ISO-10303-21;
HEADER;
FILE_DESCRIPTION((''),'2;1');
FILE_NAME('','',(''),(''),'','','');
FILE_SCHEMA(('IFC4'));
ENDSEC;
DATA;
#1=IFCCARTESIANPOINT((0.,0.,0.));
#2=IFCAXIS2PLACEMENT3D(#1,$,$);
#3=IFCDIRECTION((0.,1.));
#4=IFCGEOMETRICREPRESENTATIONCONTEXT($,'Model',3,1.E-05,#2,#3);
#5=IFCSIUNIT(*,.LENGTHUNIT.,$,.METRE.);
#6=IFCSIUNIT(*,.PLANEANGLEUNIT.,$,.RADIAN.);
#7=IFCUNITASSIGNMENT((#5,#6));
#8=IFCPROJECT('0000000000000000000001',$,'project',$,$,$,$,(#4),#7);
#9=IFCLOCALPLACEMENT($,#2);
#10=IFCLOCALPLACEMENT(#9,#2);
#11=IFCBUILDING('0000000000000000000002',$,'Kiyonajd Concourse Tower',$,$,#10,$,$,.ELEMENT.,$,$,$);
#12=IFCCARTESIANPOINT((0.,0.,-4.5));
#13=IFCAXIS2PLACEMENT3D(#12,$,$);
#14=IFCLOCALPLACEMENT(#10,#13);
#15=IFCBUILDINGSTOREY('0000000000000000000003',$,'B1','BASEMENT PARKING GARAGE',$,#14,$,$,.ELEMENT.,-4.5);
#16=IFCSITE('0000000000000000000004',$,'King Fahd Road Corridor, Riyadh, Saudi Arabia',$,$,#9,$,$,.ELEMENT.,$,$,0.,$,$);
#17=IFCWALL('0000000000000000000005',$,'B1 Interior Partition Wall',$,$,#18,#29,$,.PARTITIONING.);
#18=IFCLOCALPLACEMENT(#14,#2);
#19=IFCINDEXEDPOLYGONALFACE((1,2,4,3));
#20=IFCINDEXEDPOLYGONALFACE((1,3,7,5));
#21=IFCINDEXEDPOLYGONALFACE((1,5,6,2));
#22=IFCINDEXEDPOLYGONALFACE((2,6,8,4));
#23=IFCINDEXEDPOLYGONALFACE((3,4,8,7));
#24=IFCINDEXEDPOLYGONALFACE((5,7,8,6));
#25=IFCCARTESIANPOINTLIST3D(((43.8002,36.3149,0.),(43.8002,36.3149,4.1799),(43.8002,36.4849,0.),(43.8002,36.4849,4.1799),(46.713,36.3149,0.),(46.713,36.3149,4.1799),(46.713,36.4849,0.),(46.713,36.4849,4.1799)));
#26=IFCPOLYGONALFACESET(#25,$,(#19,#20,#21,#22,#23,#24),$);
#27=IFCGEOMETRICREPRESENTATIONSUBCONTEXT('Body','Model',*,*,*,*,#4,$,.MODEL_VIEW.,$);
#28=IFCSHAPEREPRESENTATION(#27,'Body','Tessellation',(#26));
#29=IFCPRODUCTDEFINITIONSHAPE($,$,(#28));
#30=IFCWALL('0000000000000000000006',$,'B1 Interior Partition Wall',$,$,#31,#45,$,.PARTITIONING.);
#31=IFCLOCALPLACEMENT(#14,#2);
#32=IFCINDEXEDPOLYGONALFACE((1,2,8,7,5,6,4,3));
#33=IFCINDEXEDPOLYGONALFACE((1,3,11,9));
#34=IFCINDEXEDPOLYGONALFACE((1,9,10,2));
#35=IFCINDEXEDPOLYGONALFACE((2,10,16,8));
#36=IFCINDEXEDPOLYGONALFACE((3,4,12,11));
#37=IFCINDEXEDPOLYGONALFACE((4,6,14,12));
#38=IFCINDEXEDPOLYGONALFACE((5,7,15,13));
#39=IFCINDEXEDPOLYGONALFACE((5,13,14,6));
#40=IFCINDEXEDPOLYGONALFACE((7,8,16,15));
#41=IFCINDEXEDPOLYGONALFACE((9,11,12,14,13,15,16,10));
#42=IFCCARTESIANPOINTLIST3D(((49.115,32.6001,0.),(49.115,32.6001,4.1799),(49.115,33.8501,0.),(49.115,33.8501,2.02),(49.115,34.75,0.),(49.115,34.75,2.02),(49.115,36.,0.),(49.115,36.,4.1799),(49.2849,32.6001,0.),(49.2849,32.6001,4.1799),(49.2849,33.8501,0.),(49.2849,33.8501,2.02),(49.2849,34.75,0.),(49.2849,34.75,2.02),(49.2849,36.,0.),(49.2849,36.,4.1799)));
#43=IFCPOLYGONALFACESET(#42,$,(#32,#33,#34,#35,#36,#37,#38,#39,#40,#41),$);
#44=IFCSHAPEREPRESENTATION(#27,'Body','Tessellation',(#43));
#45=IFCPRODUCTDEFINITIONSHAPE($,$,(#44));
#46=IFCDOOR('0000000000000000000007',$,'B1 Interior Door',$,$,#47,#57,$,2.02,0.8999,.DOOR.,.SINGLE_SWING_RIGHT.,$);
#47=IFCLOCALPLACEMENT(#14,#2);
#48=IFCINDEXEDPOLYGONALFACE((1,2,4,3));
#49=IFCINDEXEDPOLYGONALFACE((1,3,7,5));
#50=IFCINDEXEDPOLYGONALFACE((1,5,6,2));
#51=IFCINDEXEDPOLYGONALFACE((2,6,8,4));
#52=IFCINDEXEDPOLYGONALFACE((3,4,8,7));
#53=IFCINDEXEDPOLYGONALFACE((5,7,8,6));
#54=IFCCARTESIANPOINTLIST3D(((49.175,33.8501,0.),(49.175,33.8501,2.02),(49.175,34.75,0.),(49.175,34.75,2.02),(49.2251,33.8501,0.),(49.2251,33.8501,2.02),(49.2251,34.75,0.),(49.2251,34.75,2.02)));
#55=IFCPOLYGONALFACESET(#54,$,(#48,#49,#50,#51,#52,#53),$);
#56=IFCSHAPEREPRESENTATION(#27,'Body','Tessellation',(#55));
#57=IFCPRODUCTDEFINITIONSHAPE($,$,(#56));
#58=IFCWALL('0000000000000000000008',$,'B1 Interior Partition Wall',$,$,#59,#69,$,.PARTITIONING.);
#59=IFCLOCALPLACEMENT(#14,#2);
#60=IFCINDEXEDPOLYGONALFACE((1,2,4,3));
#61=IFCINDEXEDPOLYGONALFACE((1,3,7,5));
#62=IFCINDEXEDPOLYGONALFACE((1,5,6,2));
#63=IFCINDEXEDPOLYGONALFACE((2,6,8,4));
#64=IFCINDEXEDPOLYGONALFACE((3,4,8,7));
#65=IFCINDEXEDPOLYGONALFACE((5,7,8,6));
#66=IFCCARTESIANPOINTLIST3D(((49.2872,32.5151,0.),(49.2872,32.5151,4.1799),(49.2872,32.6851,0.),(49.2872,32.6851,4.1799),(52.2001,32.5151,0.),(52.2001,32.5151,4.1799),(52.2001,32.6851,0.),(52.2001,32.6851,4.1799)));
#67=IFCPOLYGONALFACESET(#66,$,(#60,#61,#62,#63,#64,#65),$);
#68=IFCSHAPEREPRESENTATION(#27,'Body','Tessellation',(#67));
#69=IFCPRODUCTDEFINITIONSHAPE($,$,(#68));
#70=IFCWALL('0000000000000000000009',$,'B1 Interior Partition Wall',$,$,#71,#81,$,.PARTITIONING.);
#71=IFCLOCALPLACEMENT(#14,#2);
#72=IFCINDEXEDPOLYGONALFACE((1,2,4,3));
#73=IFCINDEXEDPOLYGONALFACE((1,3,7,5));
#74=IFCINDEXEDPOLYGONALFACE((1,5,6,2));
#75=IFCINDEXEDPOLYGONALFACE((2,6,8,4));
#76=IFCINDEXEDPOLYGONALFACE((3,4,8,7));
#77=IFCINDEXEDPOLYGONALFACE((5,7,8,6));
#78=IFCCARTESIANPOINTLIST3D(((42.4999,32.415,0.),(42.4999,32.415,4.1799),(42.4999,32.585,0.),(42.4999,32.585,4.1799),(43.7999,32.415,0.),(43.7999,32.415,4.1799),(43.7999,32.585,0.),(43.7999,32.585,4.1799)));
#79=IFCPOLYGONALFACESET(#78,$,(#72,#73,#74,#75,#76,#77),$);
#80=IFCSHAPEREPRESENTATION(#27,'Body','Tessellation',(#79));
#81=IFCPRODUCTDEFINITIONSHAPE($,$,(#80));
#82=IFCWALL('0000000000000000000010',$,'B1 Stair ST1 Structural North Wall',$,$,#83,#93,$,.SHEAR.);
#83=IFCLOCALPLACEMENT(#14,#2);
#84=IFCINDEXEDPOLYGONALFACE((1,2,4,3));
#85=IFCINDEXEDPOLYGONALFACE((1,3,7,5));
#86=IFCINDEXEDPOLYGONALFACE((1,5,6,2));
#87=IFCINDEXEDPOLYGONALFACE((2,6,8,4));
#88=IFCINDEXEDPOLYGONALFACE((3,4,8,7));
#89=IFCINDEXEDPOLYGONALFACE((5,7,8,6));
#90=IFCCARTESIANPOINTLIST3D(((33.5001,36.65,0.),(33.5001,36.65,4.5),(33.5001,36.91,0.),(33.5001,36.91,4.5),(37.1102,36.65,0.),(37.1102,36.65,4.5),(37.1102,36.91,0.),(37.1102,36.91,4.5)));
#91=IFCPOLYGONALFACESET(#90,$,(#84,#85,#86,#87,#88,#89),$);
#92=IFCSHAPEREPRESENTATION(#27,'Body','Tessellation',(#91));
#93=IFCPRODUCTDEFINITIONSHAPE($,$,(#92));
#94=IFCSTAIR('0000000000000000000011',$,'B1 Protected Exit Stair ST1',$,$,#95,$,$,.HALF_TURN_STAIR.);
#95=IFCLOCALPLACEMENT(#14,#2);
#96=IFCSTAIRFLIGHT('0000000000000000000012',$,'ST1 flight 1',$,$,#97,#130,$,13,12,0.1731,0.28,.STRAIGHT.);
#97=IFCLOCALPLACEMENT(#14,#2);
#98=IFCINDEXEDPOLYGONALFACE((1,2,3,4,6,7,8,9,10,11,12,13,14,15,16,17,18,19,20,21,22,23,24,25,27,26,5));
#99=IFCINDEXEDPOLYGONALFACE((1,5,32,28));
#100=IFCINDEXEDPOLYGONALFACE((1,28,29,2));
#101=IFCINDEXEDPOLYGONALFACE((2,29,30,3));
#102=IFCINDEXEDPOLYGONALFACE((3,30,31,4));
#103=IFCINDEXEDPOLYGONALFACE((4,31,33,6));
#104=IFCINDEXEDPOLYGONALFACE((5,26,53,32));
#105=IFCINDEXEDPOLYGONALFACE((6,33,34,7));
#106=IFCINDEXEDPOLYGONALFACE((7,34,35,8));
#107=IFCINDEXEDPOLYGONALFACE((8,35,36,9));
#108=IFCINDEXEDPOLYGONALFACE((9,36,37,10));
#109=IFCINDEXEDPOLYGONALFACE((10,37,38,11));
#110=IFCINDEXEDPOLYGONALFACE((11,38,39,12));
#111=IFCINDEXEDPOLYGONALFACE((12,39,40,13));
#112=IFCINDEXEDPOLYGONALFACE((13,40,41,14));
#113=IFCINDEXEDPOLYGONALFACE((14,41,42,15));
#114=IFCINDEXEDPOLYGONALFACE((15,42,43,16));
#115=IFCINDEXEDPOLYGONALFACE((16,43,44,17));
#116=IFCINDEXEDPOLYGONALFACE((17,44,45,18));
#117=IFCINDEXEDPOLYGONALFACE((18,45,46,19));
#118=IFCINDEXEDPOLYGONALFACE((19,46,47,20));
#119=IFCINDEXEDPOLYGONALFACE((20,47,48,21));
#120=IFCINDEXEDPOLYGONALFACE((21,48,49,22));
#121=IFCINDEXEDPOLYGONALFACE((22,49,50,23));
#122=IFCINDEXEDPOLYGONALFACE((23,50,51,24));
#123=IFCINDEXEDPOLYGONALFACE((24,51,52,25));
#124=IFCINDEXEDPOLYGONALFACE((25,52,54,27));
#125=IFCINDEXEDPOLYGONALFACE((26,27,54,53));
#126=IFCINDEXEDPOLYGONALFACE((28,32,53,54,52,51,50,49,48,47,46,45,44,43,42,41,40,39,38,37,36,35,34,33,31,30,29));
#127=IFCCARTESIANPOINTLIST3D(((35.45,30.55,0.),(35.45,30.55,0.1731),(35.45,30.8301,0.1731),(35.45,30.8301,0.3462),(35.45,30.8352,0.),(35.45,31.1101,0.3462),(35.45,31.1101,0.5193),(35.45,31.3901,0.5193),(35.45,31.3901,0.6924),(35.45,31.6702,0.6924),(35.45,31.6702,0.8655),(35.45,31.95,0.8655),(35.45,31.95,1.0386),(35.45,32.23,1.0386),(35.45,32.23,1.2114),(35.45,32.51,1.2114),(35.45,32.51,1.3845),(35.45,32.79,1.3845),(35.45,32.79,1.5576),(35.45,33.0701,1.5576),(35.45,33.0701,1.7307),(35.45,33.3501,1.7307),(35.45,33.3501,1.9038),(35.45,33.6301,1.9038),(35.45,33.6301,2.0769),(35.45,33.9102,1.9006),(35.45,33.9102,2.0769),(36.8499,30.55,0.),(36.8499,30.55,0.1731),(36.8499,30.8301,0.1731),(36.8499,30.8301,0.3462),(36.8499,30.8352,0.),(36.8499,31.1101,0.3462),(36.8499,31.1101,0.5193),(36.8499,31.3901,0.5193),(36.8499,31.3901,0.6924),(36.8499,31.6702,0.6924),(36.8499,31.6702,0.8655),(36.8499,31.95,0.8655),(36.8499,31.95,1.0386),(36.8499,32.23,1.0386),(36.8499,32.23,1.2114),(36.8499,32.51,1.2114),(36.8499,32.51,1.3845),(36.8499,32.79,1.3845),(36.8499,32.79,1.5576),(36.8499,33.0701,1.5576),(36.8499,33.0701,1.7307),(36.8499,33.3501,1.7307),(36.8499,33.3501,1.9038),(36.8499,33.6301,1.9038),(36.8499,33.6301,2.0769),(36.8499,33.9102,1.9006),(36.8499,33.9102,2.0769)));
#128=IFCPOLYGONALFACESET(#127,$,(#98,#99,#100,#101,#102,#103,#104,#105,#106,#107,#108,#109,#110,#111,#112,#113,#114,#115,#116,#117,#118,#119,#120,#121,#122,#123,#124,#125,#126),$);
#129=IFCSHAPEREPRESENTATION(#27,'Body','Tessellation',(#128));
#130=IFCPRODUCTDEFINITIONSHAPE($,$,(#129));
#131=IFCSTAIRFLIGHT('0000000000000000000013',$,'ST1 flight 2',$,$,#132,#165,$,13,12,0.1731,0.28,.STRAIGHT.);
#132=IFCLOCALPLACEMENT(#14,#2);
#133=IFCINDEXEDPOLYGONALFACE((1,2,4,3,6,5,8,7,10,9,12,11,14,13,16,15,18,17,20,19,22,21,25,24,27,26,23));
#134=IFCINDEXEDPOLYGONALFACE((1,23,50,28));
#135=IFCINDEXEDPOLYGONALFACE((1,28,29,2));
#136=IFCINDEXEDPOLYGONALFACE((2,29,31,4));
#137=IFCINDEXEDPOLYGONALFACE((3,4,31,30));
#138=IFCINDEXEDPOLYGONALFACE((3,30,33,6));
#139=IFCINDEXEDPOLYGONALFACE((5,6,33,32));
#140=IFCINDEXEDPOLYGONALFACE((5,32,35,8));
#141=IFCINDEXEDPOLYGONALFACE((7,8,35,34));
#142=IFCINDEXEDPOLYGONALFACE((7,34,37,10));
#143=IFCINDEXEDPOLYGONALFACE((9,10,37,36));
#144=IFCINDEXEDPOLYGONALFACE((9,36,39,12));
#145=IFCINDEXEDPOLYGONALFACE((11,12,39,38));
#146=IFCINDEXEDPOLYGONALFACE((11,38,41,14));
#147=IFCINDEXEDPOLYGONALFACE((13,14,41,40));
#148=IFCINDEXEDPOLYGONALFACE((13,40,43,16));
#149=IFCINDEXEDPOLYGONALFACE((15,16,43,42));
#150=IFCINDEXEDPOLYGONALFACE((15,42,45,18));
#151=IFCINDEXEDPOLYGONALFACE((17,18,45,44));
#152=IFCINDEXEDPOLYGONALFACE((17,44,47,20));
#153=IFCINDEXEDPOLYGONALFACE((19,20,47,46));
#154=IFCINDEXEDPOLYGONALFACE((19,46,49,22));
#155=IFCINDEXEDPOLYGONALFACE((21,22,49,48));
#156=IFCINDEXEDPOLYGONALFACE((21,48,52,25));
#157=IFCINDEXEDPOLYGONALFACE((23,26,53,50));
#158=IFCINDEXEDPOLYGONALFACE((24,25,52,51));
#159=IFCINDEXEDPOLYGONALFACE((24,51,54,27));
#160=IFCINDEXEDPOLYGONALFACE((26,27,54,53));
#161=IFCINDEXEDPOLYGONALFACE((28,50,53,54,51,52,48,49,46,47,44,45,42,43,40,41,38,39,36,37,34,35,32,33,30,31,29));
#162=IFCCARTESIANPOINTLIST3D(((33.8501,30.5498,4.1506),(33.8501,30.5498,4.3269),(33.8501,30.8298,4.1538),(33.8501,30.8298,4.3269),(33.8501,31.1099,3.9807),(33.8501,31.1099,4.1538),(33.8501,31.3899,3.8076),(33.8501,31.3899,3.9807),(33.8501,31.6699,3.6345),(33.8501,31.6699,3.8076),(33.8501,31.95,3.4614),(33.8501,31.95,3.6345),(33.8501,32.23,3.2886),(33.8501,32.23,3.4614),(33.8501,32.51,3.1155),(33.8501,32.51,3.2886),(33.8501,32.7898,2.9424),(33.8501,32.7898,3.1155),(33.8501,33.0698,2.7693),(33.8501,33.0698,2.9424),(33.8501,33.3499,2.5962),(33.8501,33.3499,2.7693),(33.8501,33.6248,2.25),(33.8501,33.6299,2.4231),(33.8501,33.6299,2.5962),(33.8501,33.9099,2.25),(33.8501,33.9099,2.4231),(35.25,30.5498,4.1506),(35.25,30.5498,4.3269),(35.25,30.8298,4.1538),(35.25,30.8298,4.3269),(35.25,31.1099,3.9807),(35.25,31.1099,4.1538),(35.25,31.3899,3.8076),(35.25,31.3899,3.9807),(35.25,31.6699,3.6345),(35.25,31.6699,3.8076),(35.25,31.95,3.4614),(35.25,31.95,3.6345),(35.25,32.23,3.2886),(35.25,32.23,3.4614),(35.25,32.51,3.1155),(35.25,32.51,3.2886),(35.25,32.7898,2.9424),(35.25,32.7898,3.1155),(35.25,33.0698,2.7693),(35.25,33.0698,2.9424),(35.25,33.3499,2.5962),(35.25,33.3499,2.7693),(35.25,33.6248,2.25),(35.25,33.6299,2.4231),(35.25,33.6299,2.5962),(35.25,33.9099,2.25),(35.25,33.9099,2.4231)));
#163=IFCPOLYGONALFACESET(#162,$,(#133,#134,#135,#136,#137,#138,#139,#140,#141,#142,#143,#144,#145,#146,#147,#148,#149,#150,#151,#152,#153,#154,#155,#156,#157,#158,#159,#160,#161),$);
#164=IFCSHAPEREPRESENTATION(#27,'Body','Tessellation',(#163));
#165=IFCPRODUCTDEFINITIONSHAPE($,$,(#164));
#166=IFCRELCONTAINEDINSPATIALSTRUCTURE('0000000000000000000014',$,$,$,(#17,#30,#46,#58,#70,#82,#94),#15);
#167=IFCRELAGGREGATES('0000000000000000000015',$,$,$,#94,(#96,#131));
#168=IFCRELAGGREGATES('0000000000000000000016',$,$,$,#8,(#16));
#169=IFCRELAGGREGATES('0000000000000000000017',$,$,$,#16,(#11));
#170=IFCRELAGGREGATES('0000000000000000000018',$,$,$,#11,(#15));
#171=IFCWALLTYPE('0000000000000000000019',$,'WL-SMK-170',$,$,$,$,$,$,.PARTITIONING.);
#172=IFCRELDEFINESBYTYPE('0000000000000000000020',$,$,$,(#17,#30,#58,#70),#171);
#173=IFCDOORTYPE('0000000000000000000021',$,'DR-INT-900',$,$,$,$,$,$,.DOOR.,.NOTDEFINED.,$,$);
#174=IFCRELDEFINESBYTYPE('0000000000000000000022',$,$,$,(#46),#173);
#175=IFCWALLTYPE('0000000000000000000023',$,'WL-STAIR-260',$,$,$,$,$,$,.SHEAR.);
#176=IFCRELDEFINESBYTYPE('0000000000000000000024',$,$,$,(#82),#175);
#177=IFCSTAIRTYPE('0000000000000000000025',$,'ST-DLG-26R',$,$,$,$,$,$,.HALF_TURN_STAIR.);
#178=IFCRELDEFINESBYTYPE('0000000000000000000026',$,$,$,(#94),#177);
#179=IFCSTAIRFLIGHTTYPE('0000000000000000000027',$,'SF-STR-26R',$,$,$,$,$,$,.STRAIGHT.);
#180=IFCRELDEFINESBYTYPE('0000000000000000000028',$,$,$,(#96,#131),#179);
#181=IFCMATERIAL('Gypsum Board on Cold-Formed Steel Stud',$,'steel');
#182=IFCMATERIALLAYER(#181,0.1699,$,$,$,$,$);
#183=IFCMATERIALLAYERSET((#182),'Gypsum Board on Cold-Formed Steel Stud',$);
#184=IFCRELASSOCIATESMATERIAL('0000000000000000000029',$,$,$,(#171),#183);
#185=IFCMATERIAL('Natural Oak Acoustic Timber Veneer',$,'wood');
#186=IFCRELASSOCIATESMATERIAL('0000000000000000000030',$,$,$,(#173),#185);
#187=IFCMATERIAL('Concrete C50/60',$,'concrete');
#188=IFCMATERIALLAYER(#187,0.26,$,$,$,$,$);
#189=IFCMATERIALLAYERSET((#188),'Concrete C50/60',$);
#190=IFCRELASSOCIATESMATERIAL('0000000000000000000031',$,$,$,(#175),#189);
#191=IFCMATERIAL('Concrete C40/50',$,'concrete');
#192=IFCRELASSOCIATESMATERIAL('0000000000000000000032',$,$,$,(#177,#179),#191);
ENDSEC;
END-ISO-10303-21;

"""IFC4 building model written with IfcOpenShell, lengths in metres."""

from ifc_helpers import new_model, si_unit, direction, frame, frame_2d, origin, place, context, subcontext, project, spatial, polyline, rectangle, outline, extrude, material, layer, layer_set, type_object, element, fill, aggregate, save


model = new_model("IFC4")

# Units and contexts
model_context = context("Model", 3, precision=1e-05, world=origin(), true_north=direction((0.0, 1.0)))
body_context = subcontext(model_context, "Body", "Model", "MODEL_VIEW")
ifc_project = project(units=[si_unit("LENGTHUNIT", "METRE"), si_unit("PLANEANGLEUNIT", "RADIAN")], contexts=[model_context])

# Site, building, storey
site_placement = place(None, origin())
site = spatial("IfcSite", under=ifc_project, at=site_placement, Name="King Fahd Road Corridor, Riyadh, Saudi Arabia", CompositionType="ELEMENT", RefElevation=0.0)
building_placement = place(site_placement, origin())
building = spatial("IfcBuilding", under=site, at=building_placement, Name="Kiyonajd Concourse Tower", CompositionType="ELEMENT")
storey_placement = place(building_placement, frame((0.0, 0.0, -4.5)))
storey = spatial("IfcBuildingStorey", under=building, at=storey_placement, Name="B1", Description="BASEMENT PARKING GARAGE", CompositionType="ELEMENT", Elevation=-4.5)

# Shared definitions
ifc_material_1 = material(Name="Concrete C50/60", Category="concrete")

# Shared definitions
ifc_material_2 = material(Name="Gypsum Board on Cold-Formed Steel Stud", Category="steel")

# Shared definitions
ifc_layer_1 = layer(ifc_material_2, 0.1699)
ifc_layer_set_1 = layer_set([ifc_layer_1], Name="Gypsum Board on Cold-Formed Steel Stud")
wall_type_1 = type_object("IfcWallType", Name="WL-SMK-170", PredefinedType="PARTITIONING", material=ifc_layer_set_1)
ifc_material_3 = material(Name="Natural Oak Acoustic Timber Veneer", Category="wood")
door_type_1 = type_object("IfcDoorType", Name="DR-INT-900", OperationType="NOTDEFINED", PredefinedType="DOOR", material=ifc_material_3)

# Wall
for number, where, z_axis, x_axis, name in (
    (1, (43.8, 36.3999, 0.0), (0.0, 0.0, 1.0), (1.0, 0.0, 0.0), "B1 Interior Partition Wall"),
):
    element("IfcWall", number, at=place(storey_placement, frame(where, z_axis=z_axis, x_axis=x_axis)), inside=storey, type_object=wall_type_1, Name=name, PredefinedType="PARTITIONING", context=body_context, shape_type="SweptSolid", body=[
        extrude(rectangle(XDim=2.9128, YDim=0.1699, at=frame_2d((1.4565, 0.0))), origin(), (0.0, 0.0, 1.0), 4.1799),
    ])

# Wall, opening, door
wall_1_placement = place(storey_placement, frame((49.2, 32.6001, 0.0), z_axis=(0.0, 0.0, 1.0), x_axis=(0.0, 1.0, 0.0)))
wall_1 = element("IfcWall", 2, at=wall_1_placement, inside=storey, type_object=wall_type_1, Name="B1 Interior Partition Wall", PredefinedType="PARTITIONING", context=body_context, shape_type="SweptSolid", body=[
    extrude(rectangle(XDim=3.3999, YDim=0.1699, at=frame_2d((1.7, 0.0))), origin(), (0.0, 0.0, 1.0), 4.1799),
])
opening_1_placement = place(wall_1_placement, frame((1.25, 0.0, 0.0)))
opening_1 = element("IfcOpeningElement", 3, at=opening_1_placement, cuts=wall_1, PredefinedType="OPENING", context=body_context, shape_type="SweptSolid", body=[
    extrude(rectangle(XDim=0.8999, YDim=2.02, at=frame_2d((0.45, 1.01))), frame((0.0, 0.095, 0.0), z_axis=(0.0, -1.0, 0.0), x_axis=(1.0, 0.0, 0.0)), (0.0, 0.0, 1.0), 0.1899),
])
door_1_placement = place(opening_1_placement, origin())
door_1 = element("IfcDoor", 4, at=door_1_placement, inside=storey, type_object=door_type_1, Name="B1 Interior Door", OperationType="SINGLE_SWING_RIGHT", OverallHeight=2.02, OverallWidth=0.8999, PredefinedType="DOOR", context=body_context, shape_type="SweptSolid", body=[
    extrude(rectangle(XDim=0.8999, YDim=2.02, at=frame_2d((0.45, 1.01))), frame((0.0, 0.0249, 0.0), z_axis=(0.0, -1.0, 0.0), x_axis=(1.0, 0.0, 0.0)), (0.0, 0.0, 1.0), 0.05),
])
fill(opening_1, door_1)

# Walls
wall_2_placement = place(storey_placement, frame((49.2871, 32.6001, 0.0), z_axis=(0.0, 0.0, 1.0), x_axis=(1.0, 0.0, 0.0)))
element("IfcWall", 5, at=wall_2_placement, inside=storey, type_object=wall_type_1, Name="B1 Interior Partition Wall", PredefinedType="PARTITIONING", context=body_context, shape_type="SweptSolid", body=[
    extrude(rectangle(XDim=2.9128, YDim=0.1699, at=frame_2d((1.4565, 0.0))), origin(), (0.0, 0.0, 1.0), 4.1799),
])
wall_3_placement = place(storey_placement, frame((42.5, 32.5, 0.0), z_axis=(0.0, 0.0, 1.0), x_axis=(1.0, 0.0, 0.0)))
element("IfcWall", 6, at=wall_3_placement, inside=storey, type_object=wall_type_1, Name="B1 Interior Partition Wall", PredefinedType="PARTITIONING", context=body_context, shape_type="SweptSolid", body=[
    extrude(rectangle(XDim=1.3, YDim=0.1699, at=frame_2d((0.6499, 0.0))), origin(), (0.0, 0.0, 1.0), 4.1799),
])
ifc_layer_2 = layer(ifc_material_1, 0.26)
ifc_layer_set_2 = layer_set([ifc_layer_2], Name="Concrete C50/60")
wall_type_2 = type_object("IfcWallType", Name="WL-STAIR-260", PredefinedType="SHEAR", material=ifc_layer_set_2)
wall_4_placement = place(storey_placement, frame((33.5, 36.78, 0.0), z_axis=(0.0, 0.0, 1.0), x_axis=(1.0, 0.0, 0.0)))
element("IfcWall", 7, at=wall_4_placement, inside=storey, type_object=wall_type_2, Name="B1 Stair ST1 Structural North Wall", PredefinedType="SHEAR", context=body_context, shape_type="SweptSolid", body=[
    extrude(rectangle(XDim=3.6101, YDim=0.26, at=frame_2d((1.8052, 0.0))), origin(), (0.0, 0.0, 1.0), 4.5),
])

# Stair, stair flights
ifc_material_4 = material(Name="Concrete C40/50", Category="concrete")
stair_type = type_object("IfcStairType", Name="ST-DLG-26R", PredefinedType="HALF_TURN_STAIR", material=ifc_material_4)
stair_placement = place(storey_placement, origin())
stair = element("IfcStair", 8, at=stair_placement, inside=storey, type_object=stair_type, Name="B1 Protected Exit Stair ST1", PredefinedType="HALF_TURN_STAIR")
stair_flight_type = type_object("IfcStairFlightType", Name="SF-STR-26R", PredefinedType="STRAIGHT", material=ifc_material_4)
stair_flight_1_placement = place(storey_placement, frame((36.1499, 30.55, 0.0), z_axis=(0.0, 0.0, 1.0), x_axis=(0.0, 1.0, 0.0)))
stair_flight_1 = element("IfcStairFlight", 9, at=stair_flight_1_placement, type_object=stair_flight_type, Name="ST1 flight 1", NumberOfRisers=13, NumberOfTreads=12, PredefinedType="STRAIGHT", RiserHeight=0.1731, TreadLength=0.28, context=body_context, shape_type="SweptSolid", body=[
    extrude(outline(polyline([(0.0, 0.0), (0.0, 0.1731), (0.28, 0.1731), (0.28, 0.3462), (0.5601, 0.3462), (0.5601, 0.5193), (0.8401, 0.5193), (0.8401, 0.6924), (1.1201, 0.6924), (1.1201, 0.8655), (1.3999, 0.8655), (1.3999, 1.0386), (1.6799, 1.0386), (1.6799, 1.2114), (1.96, 1.2114), (1.96, 1.3845), (2.24, 1.3845), (2.24, 1.5576), (2.52, 1.5576), (2.52, 1.7307), (2.8, 1.7307), (2.8, 1.9038), (3.0801, 1.9038), (3.0801, 2.0769), (3.3601, 2.0769), (3.3601, 2.25), (3.3601, 1.9006), (0.2852, 0.0), (0.0, 0.0)])), frame((0.0, 0.7, 0.0), z_axis=(0.0, -1.0, 0.0), x_axis=(1.0, 0.0, 0.0)), (0.0, 0.0, 1.0), 1.3999),
])
stair_flight_2_placement = place(storey_placement, frame((34.55, 33.9099, 2.25), z_axis=(0.0, 0.0, 1.0), x_axis=(0.0, -1.0, 0.0)))
stair_flight_2 = element("IfcStairFlight", 10, at=stair_flight_2_placement, type_object=stair_flight_type, Name="ST1 flight 2", NumberOfRisers=13, NumberOfTreads=12, PredefinedType="STRAIGHT", RiserHeight=0.1731, TreadLength=0.28, context=body_context, shape_type="SweptSolid", body=[
    extrude(outline(polyline([(0.0, 0.0), (0.0, 0.1731), (0.28, 0.1731), (0.28, 0.3462), (0.5601, 0.3462), (0.5601, 0.5193), (0.8401, 0.5193), (0.8401, 0.6924), (1.1201, 0.6924), (1.1201, 0.8655), (1.3999, 0.8655), (1.3999, 1.0386), (1.6799, 1.0386), (1.6799, 1.2114), (1.96, 1.2114), (1.96, 1.3845), (2.24, 1.3845), (2.24, 1.5576), (2.52, 1.5576), (2.52, 1.7307), (2.8, 1.7307), (2.8, 1.9038), (3.0801, 1.9038), (3.0801, 2.0769), (3.3601, 2.0769), (3.3601, 2.25), (3.3601, 1.9006), (0.2852, 0.0), (0.0, 0.0)])), frame((0.0, 0.7, 0.0), z_axis=(0.0, -1.0, 0.0), x_axis=(1.0, 0.0, 0.0)), (0.0, 0.0, 1.0), 1.3999),
])
aggregate(stair, [stair_flight_1, stair_flight_2])

save(model, "model.ifc")
